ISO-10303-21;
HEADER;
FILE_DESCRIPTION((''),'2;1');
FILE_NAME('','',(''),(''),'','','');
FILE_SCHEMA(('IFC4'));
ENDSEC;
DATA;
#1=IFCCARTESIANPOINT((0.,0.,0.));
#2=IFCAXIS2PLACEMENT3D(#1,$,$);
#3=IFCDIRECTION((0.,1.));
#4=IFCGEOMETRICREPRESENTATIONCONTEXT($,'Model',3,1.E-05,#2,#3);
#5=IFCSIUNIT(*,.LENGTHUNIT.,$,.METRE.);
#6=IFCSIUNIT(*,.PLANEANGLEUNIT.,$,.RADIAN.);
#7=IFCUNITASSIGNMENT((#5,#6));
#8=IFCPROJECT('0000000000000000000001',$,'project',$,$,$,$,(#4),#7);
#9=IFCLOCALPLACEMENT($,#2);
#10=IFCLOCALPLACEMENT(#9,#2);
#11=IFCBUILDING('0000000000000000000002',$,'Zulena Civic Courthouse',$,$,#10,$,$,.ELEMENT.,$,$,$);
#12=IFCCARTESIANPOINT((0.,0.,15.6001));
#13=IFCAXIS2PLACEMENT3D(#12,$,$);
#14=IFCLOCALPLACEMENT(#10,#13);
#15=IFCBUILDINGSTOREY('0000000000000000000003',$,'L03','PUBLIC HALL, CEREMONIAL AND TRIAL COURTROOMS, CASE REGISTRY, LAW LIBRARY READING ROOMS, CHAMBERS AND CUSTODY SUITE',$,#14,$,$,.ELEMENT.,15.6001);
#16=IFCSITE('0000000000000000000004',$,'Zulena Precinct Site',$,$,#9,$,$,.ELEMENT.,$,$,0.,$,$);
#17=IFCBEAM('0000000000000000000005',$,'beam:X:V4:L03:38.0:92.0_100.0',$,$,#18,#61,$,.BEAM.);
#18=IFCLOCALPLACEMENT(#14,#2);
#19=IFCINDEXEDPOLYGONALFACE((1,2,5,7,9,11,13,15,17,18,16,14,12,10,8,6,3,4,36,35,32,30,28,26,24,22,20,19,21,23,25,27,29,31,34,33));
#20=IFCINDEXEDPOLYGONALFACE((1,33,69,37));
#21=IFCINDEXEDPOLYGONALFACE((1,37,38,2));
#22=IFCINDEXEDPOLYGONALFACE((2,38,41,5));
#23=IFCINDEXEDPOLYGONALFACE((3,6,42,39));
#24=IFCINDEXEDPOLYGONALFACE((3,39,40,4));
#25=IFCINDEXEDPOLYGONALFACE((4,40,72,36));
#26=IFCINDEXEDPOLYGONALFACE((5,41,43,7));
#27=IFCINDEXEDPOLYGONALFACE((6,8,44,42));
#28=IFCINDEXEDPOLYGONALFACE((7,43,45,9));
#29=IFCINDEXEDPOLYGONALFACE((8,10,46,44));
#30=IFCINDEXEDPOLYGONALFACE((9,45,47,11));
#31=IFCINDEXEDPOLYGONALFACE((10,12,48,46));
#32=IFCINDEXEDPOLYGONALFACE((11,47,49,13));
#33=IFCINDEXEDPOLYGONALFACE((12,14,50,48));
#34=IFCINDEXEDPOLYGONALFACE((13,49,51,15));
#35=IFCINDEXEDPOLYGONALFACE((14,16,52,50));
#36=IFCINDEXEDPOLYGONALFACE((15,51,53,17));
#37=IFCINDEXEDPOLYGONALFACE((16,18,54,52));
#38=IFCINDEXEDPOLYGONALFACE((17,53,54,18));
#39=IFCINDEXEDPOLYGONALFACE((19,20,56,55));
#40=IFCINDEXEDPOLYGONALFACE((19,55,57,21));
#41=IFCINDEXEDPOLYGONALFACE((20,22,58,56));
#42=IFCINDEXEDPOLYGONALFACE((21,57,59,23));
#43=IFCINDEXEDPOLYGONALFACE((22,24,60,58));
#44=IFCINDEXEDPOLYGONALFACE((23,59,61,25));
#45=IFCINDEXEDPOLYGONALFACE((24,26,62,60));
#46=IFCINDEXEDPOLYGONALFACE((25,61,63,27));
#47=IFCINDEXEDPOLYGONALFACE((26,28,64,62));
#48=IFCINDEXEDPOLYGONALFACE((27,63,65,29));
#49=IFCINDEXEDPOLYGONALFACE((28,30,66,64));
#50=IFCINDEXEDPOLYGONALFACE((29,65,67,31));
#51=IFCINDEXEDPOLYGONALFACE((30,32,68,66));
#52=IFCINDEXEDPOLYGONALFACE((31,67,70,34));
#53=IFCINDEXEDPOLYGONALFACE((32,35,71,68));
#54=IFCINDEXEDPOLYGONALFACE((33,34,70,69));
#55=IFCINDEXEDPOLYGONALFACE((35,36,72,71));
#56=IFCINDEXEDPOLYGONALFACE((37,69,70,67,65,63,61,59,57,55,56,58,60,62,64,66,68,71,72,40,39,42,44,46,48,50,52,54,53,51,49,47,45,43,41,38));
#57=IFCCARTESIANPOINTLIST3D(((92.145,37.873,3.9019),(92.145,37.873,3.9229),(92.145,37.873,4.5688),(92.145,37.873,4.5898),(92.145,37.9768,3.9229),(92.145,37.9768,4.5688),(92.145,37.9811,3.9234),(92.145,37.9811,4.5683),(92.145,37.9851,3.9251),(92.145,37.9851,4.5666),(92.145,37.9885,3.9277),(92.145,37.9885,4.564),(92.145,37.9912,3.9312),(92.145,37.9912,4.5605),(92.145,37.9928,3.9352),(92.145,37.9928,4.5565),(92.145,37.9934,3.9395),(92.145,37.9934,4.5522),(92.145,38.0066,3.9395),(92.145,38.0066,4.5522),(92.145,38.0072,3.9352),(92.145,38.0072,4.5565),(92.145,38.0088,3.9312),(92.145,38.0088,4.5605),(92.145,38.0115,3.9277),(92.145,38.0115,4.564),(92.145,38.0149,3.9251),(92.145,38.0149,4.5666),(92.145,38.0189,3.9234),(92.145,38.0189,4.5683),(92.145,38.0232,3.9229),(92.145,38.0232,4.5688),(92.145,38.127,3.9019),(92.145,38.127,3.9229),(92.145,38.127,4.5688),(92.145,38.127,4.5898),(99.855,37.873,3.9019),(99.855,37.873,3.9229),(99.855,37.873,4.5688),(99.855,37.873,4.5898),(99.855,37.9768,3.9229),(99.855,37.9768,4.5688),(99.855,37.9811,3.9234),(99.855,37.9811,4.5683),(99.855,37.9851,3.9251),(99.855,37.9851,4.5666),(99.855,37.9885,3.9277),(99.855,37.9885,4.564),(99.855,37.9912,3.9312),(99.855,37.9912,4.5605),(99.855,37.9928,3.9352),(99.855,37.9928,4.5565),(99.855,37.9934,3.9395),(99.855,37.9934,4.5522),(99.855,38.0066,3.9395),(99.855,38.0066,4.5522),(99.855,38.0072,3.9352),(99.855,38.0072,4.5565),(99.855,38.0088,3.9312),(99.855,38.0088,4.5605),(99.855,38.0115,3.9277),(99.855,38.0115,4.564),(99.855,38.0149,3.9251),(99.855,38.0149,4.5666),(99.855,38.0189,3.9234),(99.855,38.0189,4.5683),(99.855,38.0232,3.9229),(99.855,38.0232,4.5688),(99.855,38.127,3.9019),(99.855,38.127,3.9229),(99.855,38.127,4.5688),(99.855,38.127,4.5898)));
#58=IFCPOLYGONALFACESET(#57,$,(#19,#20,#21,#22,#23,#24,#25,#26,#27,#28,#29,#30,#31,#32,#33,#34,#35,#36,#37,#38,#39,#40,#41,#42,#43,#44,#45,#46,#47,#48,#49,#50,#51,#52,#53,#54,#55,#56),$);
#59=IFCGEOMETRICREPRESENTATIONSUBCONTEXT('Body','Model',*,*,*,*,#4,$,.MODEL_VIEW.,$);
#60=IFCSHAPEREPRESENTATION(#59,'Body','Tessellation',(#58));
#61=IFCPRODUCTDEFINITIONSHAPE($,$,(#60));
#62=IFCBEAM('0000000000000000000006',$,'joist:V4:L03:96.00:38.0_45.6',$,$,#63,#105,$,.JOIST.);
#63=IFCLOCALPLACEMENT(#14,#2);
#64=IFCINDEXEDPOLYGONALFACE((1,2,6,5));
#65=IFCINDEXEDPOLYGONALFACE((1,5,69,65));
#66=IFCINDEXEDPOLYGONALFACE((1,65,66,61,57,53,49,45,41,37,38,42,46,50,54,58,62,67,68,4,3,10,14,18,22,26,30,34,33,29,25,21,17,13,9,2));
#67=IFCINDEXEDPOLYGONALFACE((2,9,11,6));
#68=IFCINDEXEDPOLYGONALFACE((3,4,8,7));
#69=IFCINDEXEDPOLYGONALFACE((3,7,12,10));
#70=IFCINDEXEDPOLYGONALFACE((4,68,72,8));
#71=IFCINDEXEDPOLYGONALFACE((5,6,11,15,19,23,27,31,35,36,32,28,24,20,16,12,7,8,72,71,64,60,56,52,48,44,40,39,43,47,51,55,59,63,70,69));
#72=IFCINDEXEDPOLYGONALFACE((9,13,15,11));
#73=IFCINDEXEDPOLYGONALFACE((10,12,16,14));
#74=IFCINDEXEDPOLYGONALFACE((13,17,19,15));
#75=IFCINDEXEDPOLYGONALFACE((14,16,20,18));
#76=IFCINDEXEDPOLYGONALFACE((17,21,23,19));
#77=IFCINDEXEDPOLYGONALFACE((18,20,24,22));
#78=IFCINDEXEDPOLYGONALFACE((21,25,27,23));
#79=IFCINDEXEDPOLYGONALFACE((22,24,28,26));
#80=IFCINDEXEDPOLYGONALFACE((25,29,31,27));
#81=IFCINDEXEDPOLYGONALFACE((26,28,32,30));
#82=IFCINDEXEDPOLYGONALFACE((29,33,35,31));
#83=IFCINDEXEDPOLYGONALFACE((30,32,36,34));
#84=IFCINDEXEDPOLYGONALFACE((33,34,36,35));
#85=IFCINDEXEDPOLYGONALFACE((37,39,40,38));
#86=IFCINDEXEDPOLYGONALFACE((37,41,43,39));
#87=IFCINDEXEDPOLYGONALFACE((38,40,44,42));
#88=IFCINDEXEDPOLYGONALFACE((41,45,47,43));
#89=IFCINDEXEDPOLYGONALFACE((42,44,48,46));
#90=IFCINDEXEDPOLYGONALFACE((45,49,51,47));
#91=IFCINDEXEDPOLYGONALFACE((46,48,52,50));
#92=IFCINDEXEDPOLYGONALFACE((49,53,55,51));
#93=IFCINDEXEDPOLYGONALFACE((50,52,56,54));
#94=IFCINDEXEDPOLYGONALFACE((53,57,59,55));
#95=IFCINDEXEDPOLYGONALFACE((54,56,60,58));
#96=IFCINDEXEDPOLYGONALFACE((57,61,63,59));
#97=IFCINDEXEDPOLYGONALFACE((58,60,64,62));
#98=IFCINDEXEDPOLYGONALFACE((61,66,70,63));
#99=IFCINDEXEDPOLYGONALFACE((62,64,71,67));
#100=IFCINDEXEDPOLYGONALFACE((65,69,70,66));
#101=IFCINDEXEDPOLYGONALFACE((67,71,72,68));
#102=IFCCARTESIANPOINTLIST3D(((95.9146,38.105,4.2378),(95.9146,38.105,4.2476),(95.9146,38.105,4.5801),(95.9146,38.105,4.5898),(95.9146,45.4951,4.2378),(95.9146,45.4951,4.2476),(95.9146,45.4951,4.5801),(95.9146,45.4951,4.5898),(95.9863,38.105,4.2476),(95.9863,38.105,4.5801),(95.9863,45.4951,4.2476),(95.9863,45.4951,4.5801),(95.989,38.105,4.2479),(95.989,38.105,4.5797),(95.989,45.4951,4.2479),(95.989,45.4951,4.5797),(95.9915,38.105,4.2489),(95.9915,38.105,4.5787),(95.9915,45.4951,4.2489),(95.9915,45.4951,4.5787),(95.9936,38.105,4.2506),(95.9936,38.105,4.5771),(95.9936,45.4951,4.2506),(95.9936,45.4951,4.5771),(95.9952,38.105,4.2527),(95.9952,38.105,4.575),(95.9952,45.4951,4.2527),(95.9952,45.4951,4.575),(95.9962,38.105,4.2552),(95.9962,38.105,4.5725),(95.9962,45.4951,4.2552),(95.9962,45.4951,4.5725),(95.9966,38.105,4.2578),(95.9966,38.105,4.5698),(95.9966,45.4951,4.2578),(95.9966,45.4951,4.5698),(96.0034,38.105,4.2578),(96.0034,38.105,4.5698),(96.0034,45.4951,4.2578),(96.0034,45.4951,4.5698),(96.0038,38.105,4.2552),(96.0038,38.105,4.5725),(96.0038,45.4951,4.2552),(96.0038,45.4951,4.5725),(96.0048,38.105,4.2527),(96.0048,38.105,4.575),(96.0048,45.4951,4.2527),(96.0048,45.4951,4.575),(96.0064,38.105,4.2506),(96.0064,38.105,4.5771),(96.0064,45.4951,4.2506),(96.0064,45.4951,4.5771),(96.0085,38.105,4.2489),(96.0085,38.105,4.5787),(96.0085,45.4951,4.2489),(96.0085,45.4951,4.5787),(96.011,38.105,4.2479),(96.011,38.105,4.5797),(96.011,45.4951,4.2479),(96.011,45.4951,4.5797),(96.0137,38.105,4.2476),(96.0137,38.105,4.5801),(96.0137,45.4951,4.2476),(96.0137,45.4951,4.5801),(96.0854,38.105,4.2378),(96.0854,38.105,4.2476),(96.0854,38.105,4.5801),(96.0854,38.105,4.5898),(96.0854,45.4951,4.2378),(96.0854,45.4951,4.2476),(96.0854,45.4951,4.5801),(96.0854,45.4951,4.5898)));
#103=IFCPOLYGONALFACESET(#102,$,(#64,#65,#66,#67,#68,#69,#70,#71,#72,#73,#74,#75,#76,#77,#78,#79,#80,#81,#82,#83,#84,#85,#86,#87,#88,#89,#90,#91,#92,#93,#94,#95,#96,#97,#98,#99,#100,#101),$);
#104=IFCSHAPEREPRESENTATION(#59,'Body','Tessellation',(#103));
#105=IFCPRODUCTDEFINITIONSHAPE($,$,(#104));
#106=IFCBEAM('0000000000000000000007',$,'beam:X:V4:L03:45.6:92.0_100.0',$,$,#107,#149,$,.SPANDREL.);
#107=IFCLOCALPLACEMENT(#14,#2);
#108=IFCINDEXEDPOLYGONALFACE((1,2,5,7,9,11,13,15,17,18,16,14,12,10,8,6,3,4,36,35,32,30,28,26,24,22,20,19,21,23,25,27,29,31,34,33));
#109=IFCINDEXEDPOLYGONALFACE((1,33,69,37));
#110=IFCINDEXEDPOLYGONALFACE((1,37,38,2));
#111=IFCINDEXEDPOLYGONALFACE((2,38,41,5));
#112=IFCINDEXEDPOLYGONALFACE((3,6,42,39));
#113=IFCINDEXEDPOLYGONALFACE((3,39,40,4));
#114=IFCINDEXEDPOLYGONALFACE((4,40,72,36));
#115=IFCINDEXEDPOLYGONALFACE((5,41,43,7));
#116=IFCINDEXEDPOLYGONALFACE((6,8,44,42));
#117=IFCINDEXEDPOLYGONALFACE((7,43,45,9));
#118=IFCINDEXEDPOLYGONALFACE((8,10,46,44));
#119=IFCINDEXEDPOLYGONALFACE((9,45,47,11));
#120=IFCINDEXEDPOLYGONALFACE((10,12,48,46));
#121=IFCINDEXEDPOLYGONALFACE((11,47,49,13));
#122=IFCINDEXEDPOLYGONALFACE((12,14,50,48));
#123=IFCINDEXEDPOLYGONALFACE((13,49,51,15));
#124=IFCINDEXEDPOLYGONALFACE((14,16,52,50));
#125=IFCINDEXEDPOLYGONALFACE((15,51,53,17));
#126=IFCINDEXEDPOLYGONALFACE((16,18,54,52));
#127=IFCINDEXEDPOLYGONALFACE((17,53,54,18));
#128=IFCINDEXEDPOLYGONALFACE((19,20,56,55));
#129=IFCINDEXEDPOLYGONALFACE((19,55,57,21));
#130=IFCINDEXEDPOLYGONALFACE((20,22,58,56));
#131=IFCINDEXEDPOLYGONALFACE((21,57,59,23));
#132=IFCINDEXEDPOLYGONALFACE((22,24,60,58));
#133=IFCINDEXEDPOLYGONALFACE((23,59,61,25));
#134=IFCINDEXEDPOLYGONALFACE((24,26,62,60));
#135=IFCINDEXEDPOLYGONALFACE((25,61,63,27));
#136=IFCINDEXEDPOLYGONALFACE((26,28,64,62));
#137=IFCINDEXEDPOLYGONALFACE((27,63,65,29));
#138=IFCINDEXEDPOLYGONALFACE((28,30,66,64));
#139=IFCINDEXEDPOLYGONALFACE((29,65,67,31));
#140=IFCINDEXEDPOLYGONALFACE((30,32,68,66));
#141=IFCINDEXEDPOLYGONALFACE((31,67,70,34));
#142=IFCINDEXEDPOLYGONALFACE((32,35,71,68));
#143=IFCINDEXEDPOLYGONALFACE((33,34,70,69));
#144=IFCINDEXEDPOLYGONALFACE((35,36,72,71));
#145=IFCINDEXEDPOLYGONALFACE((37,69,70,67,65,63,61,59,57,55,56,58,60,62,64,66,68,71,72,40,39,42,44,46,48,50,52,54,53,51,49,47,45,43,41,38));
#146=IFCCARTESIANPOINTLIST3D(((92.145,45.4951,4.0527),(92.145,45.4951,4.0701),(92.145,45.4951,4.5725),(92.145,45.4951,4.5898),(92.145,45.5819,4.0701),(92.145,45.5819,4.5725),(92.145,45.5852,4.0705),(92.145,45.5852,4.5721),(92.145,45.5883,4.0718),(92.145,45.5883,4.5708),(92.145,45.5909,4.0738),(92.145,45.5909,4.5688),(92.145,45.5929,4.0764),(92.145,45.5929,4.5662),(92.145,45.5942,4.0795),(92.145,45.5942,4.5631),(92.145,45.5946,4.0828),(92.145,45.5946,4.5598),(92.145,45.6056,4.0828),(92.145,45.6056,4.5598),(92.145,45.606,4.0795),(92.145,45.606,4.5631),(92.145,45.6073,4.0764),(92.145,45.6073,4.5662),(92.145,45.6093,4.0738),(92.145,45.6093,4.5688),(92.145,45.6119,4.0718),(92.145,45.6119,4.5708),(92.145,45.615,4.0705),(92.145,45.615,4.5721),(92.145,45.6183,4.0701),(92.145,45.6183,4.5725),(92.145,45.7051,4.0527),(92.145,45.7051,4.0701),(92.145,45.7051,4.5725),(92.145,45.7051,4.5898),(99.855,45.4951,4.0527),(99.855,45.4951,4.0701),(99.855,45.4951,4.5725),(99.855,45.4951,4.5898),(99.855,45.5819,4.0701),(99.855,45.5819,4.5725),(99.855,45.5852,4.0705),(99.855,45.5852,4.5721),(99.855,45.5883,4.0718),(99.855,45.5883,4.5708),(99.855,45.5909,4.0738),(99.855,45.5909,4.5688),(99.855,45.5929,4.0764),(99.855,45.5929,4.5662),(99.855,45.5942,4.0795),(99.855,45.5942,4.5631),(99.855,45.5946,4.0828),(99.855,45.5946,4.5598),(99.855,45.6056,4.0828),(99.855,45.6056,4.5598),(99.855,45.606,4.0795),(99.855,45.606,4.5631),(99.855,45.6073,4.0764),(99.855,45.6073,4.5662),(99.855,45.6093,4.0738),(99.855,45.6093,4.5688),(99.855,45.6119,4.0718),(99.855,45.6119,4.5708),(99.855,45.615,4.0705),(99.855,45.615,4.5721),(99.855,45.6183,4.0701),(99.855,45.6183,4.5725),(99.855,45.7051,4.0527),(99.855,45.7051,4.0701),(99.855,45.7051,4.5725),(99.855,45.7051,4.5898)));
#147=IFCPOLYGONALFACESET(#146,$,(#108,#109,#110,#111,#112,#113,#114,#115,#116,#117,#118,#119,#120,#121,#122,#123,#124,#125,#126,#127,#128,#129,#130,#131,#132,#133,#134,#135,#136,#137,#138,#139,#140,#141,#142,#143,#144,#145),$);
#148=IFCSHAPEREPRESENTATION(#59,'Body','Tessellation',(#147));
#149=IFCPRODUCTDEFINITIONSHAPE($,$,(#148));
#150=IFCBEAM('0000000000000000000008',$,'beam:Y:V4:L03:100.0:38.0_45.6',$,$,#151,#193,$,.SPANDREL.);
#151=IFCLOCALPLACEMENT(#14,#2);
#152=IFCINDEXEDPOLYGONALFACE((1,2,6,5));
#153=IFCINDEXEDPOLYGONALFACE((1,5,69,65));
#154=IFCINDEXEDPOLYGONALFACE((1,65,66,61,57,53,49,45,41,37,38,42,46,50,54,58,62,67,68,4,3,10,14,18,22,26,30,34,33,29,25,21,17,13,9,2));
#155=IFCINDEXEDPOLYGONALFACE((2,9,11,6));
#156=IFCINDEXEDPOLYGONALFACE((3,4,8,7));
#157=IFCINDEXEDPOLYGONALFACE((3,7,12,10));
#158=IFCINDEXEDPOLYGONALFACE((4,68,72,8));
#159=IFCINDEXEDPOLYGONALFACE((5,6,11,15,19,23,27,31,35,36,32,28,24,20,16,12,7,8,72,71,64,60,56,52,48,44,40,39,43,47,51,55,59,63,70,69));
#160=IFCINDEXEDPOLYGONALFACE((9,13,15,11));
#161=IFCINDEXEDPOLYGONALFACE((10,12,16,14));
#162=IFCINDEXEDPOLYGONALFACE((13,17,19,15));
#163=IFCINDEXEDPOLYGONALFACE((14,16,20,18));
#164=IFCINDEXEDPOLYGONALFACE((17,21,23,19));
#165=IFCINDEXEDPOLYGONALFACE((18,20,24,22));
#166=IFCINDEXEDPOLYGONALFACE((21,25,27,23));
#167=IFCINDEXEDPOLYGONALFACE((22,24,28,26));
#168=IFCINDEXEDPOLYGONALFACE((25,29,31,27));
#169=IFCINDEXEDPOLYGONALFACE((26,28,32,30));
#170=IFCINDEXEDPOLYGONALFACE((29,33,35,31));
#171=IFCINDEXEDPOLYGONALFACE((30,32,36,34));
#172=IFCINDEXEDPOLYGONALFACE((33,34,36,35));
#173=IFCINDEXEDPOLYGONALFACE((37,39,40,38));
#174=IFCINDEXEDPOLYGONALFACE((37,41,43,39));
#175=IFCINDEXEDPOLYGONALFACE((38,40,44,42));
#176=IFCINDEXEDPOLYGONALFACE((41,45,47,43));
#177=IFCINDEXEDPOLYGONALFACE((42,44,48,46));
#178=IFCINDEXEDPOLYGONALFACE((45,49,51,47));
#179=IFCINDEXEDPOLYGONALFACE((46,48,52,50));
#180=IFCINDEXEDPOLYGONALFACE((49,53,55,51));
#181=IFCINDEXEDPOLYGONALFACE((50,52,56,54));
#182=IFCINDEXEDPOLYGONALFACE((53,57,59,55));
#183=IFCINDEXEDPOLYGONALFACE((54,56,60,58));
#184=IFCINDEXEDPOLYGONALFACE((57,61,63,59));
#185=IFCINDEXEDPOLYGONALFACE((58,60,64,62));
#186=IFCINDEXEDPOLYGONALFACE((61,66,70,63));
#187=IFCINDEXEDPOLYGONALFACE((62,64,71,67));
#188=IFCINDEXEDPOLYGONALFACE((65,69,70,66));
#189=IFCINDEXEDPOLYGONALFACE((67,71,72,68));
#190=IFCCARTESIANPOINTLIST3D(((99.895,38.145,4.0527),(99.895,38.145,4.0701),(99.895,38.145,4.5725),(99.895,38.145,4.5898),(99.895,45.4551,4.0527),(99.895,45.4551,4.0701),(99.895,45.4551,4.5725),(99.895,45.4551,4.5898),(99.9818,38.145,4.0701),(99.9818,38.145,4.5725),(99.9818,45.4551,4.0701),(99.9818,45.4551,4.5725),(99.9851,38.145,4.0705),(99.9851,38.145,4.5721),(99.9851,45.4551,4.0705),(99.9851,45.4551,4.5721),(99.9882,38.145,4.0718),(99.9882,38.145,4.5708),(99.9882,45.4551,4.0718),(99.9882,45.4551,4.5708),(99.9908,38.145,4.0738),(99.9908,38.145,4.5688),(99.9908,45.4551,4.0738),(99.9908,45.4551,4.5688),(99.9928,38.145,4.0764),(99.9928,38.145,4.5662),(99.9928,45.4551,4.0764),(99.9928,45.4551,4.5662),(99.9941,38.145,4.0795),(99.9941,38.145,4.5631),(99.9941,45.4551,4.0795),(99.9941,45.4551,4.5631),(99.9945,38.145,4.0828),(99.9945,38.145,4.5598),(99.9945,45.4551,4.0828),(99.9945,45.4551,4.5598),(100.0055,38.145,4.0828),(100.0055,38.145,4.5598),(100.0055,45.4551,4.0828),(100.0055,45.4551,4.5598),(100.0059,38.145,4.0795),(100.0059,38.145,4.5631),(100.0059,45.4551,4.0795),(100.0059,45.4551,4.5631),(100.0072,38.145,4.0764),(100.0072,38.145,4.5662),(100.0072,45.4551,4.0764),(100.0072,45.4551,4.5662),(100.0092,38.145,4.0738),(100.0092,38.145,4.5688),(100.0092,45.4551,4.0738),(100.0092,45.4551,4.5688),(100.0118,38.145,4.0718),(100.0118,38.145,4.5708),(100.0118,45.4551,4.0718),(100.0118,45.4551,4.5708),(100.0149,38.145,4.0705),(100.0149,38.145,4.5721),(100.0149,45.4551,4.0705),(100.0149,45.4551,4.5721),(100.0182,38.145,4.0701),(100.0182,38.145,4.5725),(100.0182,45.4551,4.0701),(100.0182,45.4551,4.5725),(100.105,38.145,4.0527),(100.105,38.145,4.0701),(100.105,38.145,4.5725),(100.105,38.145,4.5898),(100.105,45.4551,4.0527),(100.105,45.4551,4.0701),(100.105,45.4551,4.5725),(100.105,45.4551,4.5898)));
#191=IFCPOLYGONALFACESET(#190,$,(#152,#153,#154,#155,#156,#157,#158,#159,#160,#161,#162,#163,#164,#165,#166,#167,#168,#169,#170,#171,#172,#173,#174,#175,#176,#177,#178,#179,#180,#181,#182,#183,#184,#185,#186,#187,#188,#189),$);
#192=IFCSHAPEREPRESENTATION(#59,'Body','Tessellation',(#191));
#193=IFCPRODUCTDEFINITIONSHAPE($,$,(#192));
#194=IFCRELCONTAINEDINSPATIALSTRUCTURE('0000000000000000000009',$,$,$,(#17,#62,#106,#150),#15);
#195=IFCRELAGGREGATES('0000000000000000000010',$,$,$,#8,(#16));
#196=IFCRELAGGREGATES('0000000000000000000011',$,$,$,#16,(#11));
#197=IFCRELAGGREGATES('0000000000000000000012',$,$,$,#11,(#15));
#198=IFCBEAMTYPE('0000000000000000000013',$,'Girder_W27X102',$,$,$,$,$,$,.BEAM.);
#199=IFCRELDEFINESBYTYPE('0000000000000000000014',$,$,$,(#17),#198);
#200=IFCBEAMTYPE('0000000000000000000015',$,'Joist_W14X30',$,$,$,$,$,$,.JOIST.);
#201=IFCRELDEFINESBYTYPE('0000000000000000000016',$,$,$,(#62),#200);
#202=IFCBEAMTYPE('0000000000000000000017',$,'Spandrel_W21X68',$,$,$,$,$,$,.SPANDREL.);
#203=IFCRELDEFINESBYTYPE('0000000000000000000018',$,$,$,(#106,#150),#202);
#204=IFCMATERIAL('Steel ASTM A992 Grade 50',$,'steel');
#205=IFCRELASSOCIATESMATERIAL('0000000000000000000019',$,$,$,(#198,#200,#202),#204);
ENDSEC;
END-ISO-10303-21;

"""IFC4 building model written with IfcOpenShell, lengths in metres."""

from ifc_helpers import new_model, si_unit, direction, frame, origin, origin_2d, place, context, subcontext, project, spatial, i_section, extrude, material, material_profile, profile_set, type_object, element, save


model = new_model("IFC4")

# Units and contexts
model_context = context("Model", 3, precision=1e-05, world=origin(), true_north=direction((0.0, 1.0)))
body_context = subcontext(model_context, "Body", "Model", "MODEL_VIEW")
ifc_project = project(units=[si_unit("LENGTHUNIT", "METRE"), si_unit("PLANEANGLEUNIT", "RADIAN")], contexts=[model_context])

# Site, building, storey
site_placement = place(None, origin())
site = spatial("IfcSite", under=ifc_project, at=site_placement, Name="Zulena Precinct Site", CompositionType="ELEMENT", RefElevation=0.0)
building_placement = place(site_placement, origin())
building = spatial("IfcBuilding", under=site, at=building_placement, Name="Zulena Civic Courthouse", CompositionType="ELEMENT")
storey_placement = place(building_placement, frame((0.0, 0.0, 15.6001)))
storey = spatial("IfcBuildingStorey", under=building, at=storey_placement, Name="L03", Description="PUBLIC HALL, CEREMONIAL AND TRIAL COURTROOMS, CASE REGISTRY, LAW LIBRARY READING ROOMS, CHAMBERS AND CUSTODY SUITE", CompositionType="ELEMENT", Elevation=15.6001)

# Shared definitions
ifc_material_1 = material(Name="Steel ASTM A992 Grade 50", Category="steel")

# Beams
ifc_material_profile_1 = material_profile(ifc_material_1, i_section(OverallWidth=0.2539, OverallDepth=0.688, WebThickness=0.0132, FlangeThickness=0.021, FilletRadius=0.0166, at=origin_2d()), Name="W27X102")
ifc_profile_set_1 = profile_set([ifc_material_profile_1], Name="Steel ASTM A992 Grade 50")
beam_type_1 = type_object("IfcBeamType", Name="Girder_W27X102", PredefinedType="BEAM", material=ifc_profile_set_1)
beam_1_placement = place(storey_placement, frame((92.145, 38.0, 4.2458), z_axis=(1.0, 0.0, 0.0), x_axis=(0.0, 1.0, 0.0)))
element("IfcBeam", 1, at=beam_1_placement, inside=storey, type_object=beam_type_1, Name="beam:X:V4:L03:38.0:92.0_100.0", PredefinedType="BEAM", context=body_context, shape_type="SweptSolid", body=[
    extrude(i_section(OverallWidth=0.2539, OverallDepth=0.688, WebThickness=0.0132, FlangeThickness=0.021, FilletRadius=0.0166, at=origin_2d()), origin(), (0.0, 0.0, 1.0), 7.71),
])
ifc_material_profile_2 = material_profile(ifc_material_1, i_section(OverallWidth=0.1709, OverallDepth=0.3521, WebThickness=0.0068, FlangeThickness=0.0098, FilletRadius=0.0103, at=origin_2d()), Name="W14X30")
ifc_profile_set_2 = profile_set([ifc_material_profile_2], Name="Steel ASTM A992 Grade 50")
beam_type_2 = type_object("IfcBeamType", Name="Joist_W14X30", PredefinedType="JOIST", material=ifc_profile_set_2)
beam_2_placement = place(storey_placement, frame((96.0, 38.105, 4.4138), z_axis=(0.0, 1.0, 0.0), x_axis=(-1.0, 0.0, 0.0)))
element("IfcBeam", 2, at=beam_2_placement, inside=storey, type_object=beam_type_2, Name="joist:V4:L03:96.00:38.0_45.6", PredefinedType="JOIST", context=body_context, shape_type="SweptSolid", body=[
    extrude(i_section(OverallWidth=0.1709, OverallDepth=0.3521, WebThickness=0.0068, FlangeThickness=0.0098, FilletRadius=0.0103, at=origin_2d()), origin(), (0.0, 0.0, 1.0), 7.3901),
])
ifc_material_profile_3 = material_profile(ifc_material_1, i_section(OverallWidth=0.21, OverallDepth=0.5371, WebThickness=0.011, FlangeThickness=0.0173, FilletRadius=0.0127, at=origin_2d()), Name="W21X68")
ifc_profile_set_3 = profile_set([ifc_material_profile_3], Name="Steel ASTM A992 Grade 50")
beam_type_3 = type_object("IfcBeamType", Name="Spandrel_W21X68", PredefinedType="SPANDREL", material=ifc_profile_set_3)
beam_3_placement = place(storey_placement, frame((92.145, 45.6001, 4.3213), z_axis=(1.0, 0.0, 0.0), x_axis=(0.0, 1.0, 0.0)))
element("IfcBeam", 3, at=beam_3_placement, inside=storey, type_object=beam_type_3, Name="beam:X:V4:L03:45.6:92.0_100.0", PredefinedType="SPANDREL", context=body_context, shape_type="SweptSolid", body=[
    extrude(i_section(OverallWidth=0.21, OverallDepth=0.5371, WebThickness=0.011, FlangeThickness=0.0173, FilletRadius=0.0127, at=origin_2d()), origin(), (0.0, 0.0, 1.0), 7.71),
])
beam_4_placement = place(storey_placement, frame((100.0, 38.145, 4.3213), z_axis=(0.0, 1.0, 0.0), x_axis=(-1.0, 0.0, 0.0)))
element("IfcBeam", 4, at=beam_4_placement, inside=storey, type_object=beam_type_3, Name="beam:Y:V4:L03:100.0:38.0_45.6", PredefinedType="SPANDREL", context=body_context, shape_type="SweptSolid", body=[
    extrude(i_section(OverallWidth=0.21, OverallDepth=0.5371, WebThickness=0.011, FlangeThickness=0.0173, FilletRadius=0.0127, at=origin_2d()), origin(), (0.0, 0.0, 1.0), 7.3101),
])

save(model, "model.ifc")
